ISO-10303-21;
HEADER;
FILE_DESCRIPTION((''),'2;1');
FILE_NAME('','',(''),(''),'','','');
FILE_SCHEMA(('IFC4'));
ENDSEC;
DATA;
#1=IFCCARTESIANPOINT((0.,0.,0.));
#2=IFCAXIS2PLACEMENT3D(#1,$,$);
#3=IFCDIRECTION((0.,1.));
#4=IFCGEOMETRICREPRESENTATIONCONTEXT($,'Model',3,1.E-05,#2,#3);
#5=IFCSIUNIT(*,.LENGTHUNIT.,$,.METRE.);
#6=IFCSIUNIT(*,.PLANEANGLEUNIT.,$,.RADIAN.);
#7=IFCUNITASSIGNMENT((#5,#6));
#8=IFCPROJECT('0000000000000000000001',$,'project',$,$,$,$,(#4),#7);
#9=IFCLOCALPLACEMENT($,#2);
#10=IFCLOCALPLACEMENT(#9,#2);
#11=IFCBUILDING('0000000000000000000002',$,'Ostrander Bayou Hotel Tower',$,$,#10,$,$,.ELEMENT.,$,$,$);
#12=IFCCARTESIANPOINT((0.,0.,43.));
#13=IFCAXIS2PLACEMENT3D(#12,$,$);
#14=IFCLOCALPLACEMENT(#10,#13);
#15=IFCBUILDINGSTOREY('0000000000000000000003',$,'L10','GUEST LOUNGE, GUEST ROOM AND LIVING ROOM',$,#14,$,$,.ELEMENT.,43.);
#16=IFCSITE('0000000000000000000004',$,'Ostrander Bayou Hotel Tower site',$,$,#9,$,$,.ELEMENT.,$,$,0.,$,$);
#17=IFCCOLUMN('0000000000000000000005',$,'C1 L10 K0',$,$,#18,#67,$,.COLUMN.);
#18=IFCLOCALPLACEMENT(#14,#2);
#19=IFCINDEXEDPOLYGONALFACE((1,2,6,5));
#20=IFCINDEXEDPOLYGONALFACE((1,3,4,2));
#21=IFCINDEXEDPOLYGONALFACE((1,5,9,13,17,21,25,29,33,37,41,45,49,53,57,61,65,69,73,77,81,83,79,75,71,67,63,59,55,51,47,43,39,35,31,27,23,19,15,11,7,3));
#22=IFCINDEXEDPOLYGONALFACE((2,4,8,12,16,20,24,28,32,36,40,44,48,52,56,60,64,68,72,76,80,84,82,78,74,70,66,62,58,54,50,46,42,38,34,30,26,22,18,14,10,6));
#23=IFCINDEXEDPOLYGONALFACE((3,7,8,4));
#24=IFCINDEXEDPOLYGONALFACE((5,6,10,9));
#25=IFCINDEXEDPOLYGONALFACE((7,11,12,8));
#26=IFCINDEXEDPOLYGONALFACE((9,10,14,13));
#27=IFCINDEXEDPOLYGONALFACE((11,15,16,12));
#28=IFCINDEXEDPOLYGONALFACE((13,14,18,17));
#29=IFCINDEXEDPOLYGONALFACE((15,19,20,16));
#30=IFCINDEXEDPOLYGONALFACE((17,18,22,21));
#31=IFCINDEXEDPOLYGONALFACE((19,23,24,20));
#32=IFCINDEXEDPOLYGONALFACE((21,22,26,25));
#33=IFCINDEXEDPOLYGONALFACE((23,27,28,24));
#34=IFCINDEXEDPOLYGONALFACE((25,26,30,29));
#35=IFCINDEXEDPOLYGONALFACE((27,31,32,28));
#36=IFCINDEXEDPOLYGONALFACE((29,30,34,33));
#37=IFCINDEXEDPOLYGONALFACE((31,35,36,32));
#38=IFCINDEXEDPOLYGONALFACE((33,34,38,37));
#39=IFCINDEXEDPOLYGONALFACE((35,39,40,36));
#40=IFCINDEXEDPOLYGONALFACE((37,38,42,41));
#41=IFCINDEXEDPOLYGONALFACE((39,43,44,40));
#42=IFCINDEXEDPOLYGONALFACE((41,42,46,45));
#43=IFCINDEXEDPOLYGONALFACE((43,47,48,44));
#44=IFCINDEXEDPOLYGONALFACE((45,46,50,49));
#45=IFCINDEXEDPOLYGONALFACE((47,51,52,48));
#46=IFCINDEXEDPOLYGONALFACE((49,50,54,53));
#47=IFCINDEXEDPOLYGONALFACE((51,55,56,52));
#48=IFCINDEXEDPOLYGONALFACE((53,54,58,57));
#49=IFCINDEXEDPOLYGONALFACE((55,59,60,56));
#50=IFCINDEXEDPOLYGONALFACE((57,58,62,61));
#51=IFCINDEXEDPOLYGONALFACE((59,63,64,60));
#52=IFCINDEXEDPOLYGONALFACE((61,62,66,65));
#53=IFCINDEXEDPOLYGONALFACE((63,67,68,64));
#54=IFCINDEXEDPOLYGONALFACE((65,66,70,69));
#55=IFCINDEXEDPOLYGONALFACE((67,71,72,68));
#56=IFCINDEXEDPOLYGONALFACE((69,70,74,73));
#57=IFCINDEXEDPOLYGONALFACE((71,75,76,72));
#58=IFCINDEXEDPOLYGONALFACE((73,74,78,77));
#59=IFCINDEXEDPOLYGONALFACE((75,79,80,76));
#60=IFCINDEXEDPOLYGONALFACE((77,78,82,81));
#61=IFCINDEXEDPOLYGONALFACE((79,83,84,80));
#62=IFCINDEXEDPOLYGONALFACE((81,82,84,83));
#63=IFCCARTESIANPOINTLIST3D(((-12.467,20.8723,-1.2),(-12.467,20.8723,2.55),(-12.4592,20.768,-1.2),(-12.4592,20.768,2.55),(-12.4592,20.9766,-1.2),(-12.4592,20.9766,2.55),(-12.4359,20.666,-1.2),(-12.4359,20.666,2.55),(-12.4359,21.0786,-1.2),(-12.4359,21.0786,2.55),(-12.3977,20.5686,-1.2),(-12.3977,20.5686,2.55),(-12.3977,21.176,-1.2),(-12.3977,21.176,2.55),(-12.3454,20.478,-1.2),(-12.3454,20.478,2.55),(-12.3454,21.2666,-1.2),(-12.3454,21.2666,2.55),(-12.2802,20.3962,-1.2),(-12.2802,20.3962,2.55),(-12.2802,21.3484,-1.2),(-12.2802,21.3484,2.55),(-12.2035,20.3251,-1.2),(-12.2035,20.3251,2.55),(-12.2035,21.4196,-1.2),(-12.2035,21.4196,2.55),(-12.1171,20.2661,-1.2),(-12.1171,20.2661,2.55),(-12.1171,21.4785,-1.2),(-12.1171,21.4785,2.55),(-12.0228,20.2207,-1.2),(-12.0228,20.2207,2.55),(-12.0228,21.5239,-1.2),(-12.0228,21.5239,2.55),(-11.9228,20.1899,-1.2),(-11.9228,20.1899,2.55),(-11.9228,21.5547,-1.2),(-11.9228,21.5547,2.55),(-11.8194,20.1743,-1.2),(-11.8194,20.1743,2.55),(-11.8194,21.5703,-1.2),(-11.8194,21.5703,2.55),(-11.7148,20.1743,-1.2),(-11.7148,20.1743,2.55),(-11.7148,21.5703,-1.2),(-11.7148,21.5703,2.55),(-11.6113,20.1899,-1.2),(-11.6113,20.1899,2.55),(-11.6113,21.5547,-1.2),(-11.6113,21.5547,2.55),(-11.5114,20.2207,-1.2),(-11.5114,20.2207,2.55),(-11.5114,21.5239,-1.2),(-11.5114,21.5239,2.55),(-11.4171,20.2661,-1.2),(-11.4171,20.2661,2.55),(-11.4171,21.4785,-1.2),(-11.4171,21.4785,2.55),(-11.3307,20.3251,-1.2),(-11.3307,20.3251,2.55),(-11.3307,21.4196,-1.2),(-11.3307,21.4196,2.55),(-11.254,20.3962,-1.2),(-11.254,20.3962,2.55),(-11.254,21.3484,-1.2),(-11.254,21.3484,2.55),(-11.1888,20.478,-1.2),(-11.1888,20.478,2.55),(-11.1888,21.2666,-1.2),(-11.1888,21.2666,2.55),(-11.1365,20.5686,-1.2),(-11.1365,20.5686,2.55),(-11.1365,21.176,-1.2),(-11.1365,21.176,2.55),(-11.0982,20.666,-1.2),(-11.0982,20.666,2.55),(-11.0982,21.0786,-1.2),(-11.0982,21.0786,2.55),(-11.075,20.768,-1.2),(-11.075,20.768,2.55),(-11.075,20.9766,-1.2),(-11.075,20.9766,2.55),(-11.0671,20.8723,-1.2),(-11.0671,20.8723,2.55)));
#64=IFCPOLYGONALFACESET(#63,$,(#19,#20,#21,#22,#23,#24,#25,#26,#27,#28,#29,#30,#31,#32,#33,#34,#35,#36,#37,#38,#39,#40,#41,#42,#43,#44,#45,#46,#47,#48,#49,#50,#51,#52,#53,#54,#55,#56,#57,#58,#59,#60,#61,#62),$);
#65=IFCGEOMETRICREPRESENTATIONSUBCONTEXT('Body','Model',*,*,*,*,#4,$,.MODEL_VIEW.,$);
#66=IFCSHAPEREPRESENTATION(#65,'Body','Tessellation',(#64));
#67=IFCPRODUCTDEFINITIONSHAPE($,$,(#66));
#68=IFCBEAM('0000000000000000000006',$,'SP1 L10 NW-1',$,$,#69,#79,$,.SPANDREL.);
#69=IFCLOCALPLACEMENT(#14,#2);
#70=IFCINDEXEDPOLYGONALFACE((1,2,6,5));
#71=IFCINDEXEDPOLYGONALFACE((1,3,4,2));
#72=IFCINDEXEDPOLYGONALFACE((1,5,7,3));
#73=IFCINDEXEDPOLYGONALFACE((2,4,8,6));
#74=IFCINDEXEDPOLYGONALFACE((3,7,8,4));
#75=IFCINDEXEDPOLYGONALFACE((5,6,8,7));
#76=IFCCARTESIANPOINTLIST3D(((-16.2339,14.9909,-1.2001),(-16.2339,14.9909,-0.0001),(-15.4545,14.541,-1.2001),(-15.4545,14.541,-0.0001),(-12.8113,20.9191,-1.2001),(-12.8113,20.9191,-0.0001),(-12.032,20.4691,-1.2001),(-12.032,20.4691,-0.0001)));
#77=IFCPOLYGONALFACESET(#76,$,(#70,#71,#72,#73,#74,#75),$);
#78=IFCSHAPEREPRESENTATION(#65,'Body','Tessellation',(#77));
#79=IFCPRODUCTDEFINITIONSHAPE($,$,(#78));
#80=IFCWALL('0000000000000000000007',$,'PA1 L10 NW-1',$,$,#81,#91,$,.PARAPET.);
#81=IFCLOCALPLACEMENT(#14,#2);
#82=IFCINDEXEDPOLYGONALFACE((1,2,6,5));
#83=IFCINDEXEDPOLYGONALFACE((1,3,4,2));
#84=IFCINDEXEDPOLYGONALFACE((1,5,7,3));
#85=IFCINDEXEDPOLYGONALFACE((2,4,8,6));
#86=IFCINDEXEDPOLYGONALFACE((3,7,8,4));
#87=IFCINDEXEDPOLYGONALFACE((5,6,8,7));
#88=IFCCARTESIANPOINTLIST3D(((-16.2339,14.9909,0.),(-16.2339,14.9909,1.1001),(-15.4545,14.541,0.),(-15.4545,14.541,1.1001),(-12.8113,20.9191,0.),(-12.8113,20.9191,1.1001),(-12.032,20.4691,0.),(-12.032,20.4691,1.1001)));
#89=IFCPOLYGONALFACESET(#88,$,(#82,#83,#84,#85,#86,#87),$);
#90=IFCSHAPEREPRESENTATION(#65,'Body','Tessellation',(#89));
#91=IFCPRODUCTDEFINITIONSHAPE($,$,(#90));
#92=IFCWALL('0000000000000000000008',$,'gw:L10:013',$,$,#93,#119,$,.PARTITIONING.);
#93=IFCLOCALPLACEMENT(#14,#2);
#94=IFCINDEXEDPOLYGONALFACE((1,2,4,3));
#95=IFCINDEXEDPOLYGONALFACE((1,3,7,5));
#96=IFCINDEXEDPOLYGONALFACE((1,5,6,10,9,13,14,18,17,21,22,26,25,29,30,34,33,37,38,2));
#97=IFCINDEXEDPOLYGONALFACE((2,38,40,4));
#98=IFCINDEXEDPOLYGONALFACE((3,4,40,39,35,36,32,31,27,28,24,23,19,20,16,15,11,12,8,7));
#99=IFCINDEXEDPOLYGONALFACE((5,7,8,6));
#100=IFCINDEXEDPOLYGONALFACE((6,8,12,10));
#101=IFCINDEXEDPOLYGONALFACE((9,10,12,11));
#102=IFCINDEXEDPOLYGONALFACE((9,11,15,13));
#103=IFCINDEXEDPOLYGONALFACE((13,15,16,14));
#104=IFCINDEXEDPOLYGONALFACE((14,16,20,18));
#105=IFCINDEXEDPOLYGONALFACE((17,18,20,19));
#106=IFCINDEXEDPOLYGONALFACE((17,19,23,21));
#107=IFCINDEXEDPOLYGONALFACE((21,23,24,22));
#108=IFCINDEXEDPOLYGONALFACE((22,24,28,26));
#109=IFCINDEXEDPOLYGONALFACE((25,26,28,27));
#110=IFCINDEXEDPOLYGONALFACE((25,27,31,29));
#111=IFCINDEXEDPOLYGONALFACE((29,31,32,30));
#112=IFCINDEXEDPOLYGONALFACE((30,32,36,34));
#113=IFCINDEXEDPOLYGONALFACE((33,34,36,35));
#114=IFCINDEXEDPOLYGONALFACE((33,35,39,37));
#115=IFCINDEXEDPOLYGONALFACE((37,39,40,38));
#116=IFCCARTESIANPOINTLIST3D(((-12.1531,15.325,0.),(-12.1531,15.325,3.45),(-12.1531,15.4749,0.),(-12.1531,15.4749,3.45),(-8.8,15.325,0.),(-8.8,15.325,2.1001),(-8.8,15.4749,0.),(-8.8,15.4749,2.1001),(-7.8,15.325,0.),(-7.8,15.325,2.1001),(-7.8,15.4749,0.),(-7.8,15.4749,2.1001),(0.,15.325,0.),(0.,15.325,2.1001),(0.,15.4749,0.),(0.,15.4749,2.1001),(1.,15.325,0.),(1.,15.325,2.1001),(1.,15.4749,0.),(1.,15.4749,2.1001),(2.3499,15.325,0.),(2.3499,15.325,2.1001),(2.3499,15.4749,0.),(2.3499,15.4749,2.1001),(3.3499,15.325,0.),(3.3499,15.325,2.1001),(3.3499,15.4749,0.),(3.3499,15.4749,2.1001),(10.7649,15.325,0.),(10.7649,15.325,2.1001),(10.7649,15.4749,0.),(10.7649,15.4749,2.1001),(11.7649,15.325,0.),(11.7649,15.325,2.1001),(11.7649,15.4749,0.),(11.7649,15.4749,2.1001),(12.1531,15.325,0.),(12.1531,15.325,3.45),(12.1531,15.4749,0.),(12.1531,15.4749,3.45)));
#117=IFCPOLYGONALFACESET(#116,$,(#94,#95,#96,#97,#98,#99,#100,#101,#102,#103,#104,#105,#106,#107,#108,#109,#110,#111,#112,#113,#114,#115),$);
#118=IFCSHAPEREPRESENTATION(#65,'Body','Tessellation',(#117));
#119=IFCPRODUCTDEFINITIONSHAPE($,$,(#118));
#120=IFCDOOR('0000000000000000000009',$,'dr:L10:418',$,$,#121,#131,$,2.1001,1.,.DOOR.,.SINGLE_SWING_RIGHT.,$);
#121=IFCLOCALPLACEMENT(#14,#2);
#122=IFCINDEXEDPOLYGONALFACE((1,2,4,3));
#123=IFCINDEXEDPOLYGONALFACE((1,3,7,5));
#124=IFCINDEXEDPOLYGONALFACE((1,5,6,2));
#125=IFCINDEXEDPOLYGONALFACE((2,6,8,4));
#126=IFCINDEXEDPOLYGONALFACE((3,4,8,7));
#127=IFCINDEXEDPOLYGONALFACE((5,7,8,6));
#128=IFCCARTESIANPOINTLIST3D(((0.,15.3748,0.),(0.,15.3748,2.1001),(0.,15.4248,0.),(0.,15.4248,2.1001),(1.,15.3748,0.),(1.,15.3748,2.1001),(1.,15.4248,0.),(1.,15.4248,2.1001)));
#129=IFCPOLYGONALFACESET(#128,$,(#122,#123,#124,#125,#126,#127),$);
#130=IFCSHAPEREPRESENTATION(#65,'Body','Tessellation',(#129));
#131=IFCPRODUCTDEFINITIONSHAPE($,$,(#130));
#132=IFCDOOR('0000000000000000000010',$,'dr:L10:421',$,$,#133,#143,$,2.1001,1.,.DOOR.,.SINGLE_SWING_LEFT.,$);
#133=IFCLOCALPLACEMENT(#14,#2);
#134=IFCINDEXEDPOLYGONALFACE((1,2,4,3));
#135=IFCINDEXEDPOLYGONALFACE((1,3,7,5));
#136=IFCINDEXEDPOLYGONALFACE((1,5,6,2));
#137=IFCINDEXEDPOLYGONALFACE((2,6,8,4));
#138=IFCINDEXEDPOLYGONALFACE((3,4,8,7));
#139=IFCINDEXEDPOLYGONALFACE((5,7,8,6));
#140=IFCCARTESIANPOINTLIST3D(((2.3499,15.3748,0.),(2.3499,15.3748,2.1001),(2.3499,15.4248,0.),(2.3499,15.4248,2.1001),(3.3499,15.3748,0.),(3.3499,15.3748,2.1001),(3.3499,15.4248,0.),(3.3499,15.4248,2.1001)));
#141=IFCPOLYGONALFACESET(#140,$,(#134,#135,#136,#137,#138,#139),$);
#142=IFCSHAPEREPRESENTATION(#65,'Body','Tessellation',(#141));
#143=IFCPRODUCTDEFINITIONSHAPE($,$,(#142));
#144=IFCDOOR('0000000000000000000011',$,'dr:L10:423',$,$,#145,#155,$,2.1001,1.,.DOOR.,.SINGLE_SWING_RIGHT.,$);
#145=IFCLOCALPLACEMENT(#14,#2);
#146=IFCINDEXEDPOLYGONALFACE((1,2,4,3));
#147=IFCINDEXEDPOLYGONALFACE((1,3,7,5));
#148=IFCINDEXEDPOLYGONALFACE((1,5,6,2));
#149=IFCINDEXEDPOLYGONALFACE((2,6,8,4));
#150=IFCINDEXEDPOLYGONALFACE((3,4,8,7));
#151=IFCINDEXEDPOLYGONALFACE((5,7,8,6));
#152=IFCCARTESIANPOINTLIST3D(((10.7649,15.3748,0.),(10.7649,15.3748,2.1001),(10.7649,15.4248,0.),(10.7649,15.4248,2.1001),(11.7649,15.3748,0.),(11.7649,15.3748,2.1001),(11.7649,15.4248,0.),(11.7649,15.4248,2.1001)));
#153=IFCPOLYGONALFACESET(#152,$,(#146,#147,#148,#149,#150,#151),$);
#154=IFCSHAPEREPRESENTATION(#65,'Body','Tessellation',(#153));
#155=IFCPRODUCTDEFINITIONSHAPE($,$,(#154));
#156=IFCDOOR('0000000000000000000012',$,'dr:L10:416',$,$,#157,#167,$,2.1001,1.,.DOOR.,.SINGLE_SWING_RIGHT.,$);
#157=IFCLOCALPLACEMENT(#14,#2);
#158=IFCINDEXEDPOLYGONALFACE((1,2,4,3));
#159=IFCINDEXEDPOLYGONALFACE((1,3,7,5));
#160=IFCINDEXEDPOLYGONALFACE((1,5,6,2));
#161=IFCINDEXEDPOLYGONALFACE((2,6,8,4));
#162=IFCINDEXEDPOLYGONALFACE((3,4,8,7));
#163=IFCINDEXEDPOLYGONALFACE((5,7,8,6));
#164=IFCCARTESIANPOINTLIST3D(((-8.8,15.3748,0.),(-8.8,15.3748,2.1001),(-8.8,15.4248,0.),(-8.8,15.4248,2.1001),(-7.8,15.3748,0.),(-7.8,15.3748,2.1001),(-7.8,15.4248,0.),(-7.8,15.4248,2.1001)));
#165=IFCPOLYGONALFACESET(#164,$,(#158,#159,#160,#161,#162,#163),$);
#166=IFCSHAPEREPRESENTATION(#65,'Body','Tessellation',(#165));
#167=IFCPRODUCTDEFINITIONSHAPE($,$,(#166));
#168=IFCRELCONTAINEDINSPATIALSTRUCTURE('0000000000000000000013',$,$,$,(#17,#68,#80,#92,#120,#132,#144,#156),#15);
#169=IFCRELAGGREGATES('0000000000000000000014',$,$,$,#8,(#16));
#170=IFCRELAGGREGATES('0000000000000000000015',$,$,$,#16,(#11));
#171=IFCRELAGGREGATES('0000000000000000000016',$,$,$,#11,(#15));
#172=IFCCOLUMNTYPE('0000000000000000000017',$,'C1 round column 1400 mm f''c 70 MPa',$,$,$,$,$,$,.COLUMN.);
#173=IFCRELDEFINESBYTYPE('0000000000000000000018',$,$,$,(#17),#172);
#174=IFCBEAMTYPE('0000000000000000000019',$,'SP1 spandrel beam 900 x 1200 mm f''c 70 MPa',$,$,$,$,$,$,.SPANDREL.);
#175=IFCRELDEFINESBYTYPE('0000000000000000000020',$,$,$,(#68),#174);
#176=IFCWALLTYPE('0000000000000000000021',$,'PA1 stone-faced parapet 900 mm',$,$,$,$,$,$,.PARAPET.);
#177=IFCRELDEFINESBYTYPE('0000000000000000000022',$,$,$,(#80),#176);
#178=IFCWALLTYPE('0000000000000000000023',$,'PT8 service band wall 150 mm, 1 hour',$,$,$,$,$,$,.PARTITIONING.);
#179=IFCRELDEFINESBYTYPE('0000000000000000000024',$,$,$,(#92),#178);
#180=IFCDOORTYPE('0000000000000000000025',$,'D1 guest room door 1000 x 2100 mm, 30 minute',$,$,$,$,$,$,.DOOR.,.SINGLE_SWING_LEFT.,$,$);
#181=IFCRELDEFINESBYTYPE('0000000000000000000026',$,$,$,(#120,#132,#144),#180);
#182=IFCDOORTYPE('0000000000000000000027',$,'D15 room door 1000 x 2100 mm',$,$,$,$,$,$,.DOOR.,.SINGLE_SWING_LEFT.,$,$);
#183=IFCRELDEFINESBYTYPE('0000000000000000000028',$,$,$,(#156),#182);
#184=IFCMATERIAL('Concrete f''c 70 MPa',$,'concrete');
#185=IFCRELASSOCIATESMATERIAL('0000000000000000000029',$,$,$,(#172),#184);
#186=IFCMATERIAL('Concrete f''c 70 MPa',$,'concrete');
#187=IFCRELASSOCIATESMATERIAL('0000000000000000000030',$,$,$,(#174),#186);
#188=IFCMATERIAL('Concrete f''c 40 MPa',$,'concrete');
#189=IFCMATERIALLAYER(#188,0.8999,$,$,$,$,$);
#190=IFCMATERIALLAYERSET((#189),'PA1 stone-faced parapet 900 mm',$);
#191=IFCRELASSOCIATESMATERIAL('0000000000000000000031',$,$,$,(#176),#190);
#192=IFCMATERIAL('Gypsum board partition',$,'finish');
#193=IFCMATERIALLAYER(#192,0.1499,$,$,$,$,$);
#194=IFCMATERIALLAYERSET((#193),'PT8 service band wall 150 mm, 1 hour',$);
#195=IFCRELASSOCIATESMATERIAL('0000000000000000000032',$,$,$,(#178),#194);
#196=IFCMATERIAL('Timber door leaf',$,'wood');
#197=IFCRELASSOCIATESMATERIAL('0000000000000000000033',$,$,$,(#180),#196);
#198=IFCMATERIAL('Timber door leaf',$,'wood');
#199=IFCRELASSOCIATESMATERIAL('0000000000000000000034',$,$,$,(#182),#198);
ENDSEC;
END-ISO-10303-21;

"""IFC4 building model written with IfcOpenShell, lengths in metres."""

from ifc_helpers import new_model, si_unit, direction, frame, frame_2d, origin, origin_2d, place, context, subcontext, project, spatial, rectangle, circle, extrude, material, layer, layer_set, material_profile, profile_set, type_object, element, fill, save


model = new_model("IFC4")

# Units and contexts
model_context = context("Model", 3, precision=1e-05, world=origin(), true_north=direction((0.0, 1.0)))
body_context = subcontext(model_context, "Body", "Model", "MODEL_VIEW")
ifc_project = project(units=[si_unit("LENGTHUNIT", "METRE"), si_unit("PLANEANGLEUNIT", "RADIAN")], contexts=[model_context])

# Site, building, storey
site_placement = place(None, origin())
site = spatial("IfcSite", under=ifc_project, at=site_placement, Name="Ostrander Bayou Hotel Tower site", CompositionType="ELEMENT", RefElevation=0.0)
building_placement = place(site_placement, origin())
building = spatial("IfcBuilding", under=site, at=building_placement, Name="Ostrander Bayou Hotel Tower", CompositionType="ELEMENT")
storey_placement = place(building_placement, frame((0.0, 0.0, 43.0)))
storey = spatial("IfcBuildingStorey", under=building, at=storey_placement, Name="L10", Description="GUEST LOUNGE, GUEST ROOM AND LIVING ROOM", CompositionType="ELEMENT", Elevation=43.0)

# Column
ifc_material_1 = material(Name="Concrete f'c 70 MPa", Category="concrete")
ifc_material_profile_1 = material_profile(ifc_material_1, circle(Radius=0.7, at=origin_2d()))
ifc_profile_set_1 = profile_set([ifc_material_profile_1], Name="Concrete f'c 70 MPa")
column_type = type_object("IfcColumnType", Name="C1 round column 1400 mm f'c 70 MPa", PredefinedType="COLUMN", material=ifc_profile_set_1)
column_placement = place(storey_placement, frame((-11.7671, 20.8723, -1.2), z_axis=(0.0, 0.0, 1.0), x_axis=(1.0, 0.0, 0.0)))
element("IfcColumn", 1, at=column_placement, inside=storey, type_object=column_type, Name="C1 L10 K0", PredefinedType="COLUMN", context=body_context, shape_type="SweptSolid", body=[
    extrude(circle(Radius=0.7, at=origin_2d()), origin(), (0.0, 0.0, 1.0), 3.75),
])

# Beam
ifc_material_2 = material(Name="Concrete f'c 70 MPa", Category="concrete")
ifc_material_profile_2 = material_profile(ifc_material_2, rectangle(XDim=0.8999, YDim=1.2, at=origin_2d()))
ifc_profile_set_2 = profile_set([ifc_material_profile_2], Name="Concrete f'c 70 MPa")
beam_type = type_object("IfcBeamType", Name="SP1 spandrel beam 900 x 1200 mm f'c 70 MPa", PredefinedType="SPANDREL", material=ifc_profile_set_2)
beam_placement = place(storey_placement, frame((-12.4216, 20.6941, -0.6001), z_axis=(-0.499994, -0.866029, 0.0), x_axis=(0.866029, -0.499994, 0.0)))
element("IfcBeam", 2, at=beam_placement, inside=storey, type_object=beam_type, Name="SP1 L10 NW-1", PredefinedType="SPANDREL", context=body_context, shape_type="SweptSolid", body=[
    extrude(rectangle(XDim=0.8999, YDim=1.2, at=origin_2d()), origin(), (0.0, 0.0, 1.0), 6.8452),
])

# Wall
ifc_material_3 = material(Name="Concrete f'c 40 MPa", Category="concrete")
ifc_layer_1 = layer(ifc_material_3, 0.8999)
ifc_layer_set_1 = layer_set([ifc_layer_1], Name="PA1 stone-faced parapet 900 mm")
wall_type_1 = type_object("IfcWallType", Name="PA1 stone-faced parapet 900 mm", PredefinedType="PARAPET", material=ifc_layer_set_1)
wall_1_placement = place(storey_placement, frame((-12.4216, 20.6941, 0.0), z_axis=(0.0, 0.0, 1.0), x_axis=(-0.499994, -0.866029, 0.0)))
element("IfcWall", 3, at=wall_1_placement, inside=storey, type_object=wall_type_1, Name="PA1 L10 NW-1", PredefinedType="PARAPET", context=body_context, shape_type="SweptSolid", body=[
    extrude(rectangle(XDim=6.8452, YDim=0.8999, at=frame_2d((3.4226, 0.0))), origin(), (0.0, 0.0, 1.0), 1.1001),
])

# Wall, openings, doors
ifc_material_4 = material(Name="Gypsum board partition", Category="finish")
ifc_layer_2 = layer(ifc_material_4, 0.1499)
ifc_layer_set_2 = layer_set([ifc_layer_2], Name="PT8 service band wall 150 mm, 1 hour")
wall_type_2 = type_object("IfcWallType", Name="PT8 service band wall 150 mm, 1 hour", PredefinedType="PARTITIONING", material=ifc_layer_set_2)
wall_2_placement = place(storey_placement, frame((-12.1531, 15.3999, 0.0), z_axis=(0.0, 0.0, 1.0), x_axis=(1.0, 0.0, 0.0)))
wall_2 = element("IfcWall", 4, at=wall_2_placement, inside=storey, type_object=wall_type_2, Name="gw:L10:013", PredefinedType="PARTITIONING", context=body_context, shape_type="SweptSolid", body=[
    extrude(rectangle(XDim=24.3062, YDim=0.1499, at=frame_2d((12.1531, 0.0))), origin(), (0.0, 0.0, 1.0), 3.45),
])
opening_1_placement = place(wall_2_placement, frame((3.353, 0.0, 0.0)))
opening_1 = element("IfcOpeningElement", 5, at=opening_1_placement, cuts=wall_2, PredefinedType="OPENING", context=body_context, shape_type="SweptSolid", body=[
    extrude(rectangle(XDim=1.0, YDim=2.1001, at=frame_2d((0.5, 1.05))), frame((0.0, 0.075, 0.0), z_axis=(0.0, -1.0, 0.0), x_axis=(1.0, 0.0, 0.0)), (0.0, 0.0, 1.0), 0.1499),
])
opening_2_placement = place(wall_2_placement, frame((12.1531, 0.0, 0.0)))
opening_2 = element("IfcOpeningElement", 6, at=opening_2_placement, cuts=wall_2, PredefinedType="OPENING", context=body_context, shape_type="SweptSolid", body=[
    extrude(rectangle(XDim=1.0, YDim=2.1001, at=frame_2d((0.5, 1.05))), frame((0.0, 0.075, 0.0), z_axis=(0.0, -1.0, 0.0), x_axis=(1.0, 0.0, 0.0)), (0.0, 0.0, 1.0), 0.1499),
])
opening_3_placement = place(wall_2_placement, frame((14.5029, 0.0, 0.0)))
opening_3 = element("IfcOpeningElement", 7, at=opening_3_placement, cuts=wall_2, PredefinedType="OPENING", context=body_context, shape_type="SweptSolid", body=[
    extrude(rectangle(XDim=1.0, YDim=2.1001, at=frame_2d((0.5, 1.05))), frame((0.0, 0.075, 0.0), z_axis=(0.0, -1.0, 0.0), x_axis=(1.0, 0.0, 0.0)), (0.0, 0.0, 1.0), 0.1499),
])
opening_4_placement = place(wall_2_placement, frame((22.918, 0.0, 0.0)))
opening_4 = element("IfcOpeningElement", 8, at=opening_4_placement, cuts=wall_2, PredefinedType="OPENING", context=body_context, shape_type="SweptSolid", body=[
    extrude(rectangle(XDim=1.0, YDim=2.1001, at=frame_2d((0.5, 1.05))), frame((0.0, 0.075, 0.0), z_axis=(0.0, -1.0, 0.0), x_axis=(1.0, 0.0, 0.0)), (0.0, 0.0, 1.0), 0.1499),
])
ifc_material_5 = material(Name="Timber door leaf", Category="wood")
door_type_1 = type_object("IfcDoorType", Name="D1 guest room door 1000 x 2100 mm, 30 minute", OperationType="SINGLE_SWING_LEFT", PredefinedType="DOOR", material=ifc_material_5)
door_1_placement = place(opening_2_placement, origin())
door_1 = element("IfcDoor", 9, at=door_1_placement, inside=storey, type_object=door_type_1, Name="dr:L10:418", OperationType="SINGLE_SWING_RIGHT", OverallHeight=2.1001, OverallWidth=1.0, PredefinedType="DOOR", context=body_context, shape_type="SweptSolid", body=[
    extrude(rectangle(XDim=1.0, YDim=2.1001, at=frame_2d((0.5, 1.05))), frame((0.0, 0.0249, 0.0), z_axis=(0.0, -1.0, 0.0), x_axis=(1.0, 0.0, 0.0)), (0.0, 0.0, 1.0), 0.05),
])
fill(opening_2, door_1)
door_2_placement = place(opening_3_placement, origin())
door_2 = element("IfcDoor", 10, at=door_2_placement, inside=storey, type_object=door_type_1, Name="dr:L10:421", OperationType="SINGLE_SWING_LEFT", OverallHeight=2.1001, OverallWidth=1.0, PredefinedType="DOOR", context=body_context, shape_type="SweptSolid", body=[
    extrude(rectangle(XDim=1.0, YDim=2.1001, at=frame_2d((0.5, 1.05))), frame((0.0, 0.0249, 0.0), z_axis=(0.0, -1.0, 0.0), x_axis=(1.0, 0.0, 0.0)), (0.0, 0.0, 1.0), 0.05),
])
fill(opening_3, door_2)
door_3_placement = place(opening_4_placement, origin())
door_3 = element("IfcDoor", 11, at=door_3_placement, inside=storey, type_object=door_type_1, Name="dr:L10:423", OperationType="SINGLE_SWING_RIGHT", OverallHeight=2.1001, OverallWidth=1.0, PredefinedType="DOOR", context=body_context, shape_type="SweptSolid", body=[
    extrude(rectangle(XDim=1.0, YDim=2.1001, at=frame_2d((0.5, 1.05))), frame((0.0, 0.0249, 0.0), z_axis=(0.0, -1.0, 0.0), x_axis=(1.0, 0.0, 0.0)), (0.0, 0.0, 1.0), 0.05),
])
fill(opening_4, door_3)
ifc_material_6 = material(Name="Timber door leaf", Category="wood")
door_type_2 = type_object("IfcDoorType", Name="D15 room door 1000 x 2100 mm", OperationType="SINGLE_SWING_LEFT", PredefinedType="DOOR", material=ifc_material_6)
door_4_placement = place(opening_1_placement, origin())
door_4 = element("IfcDoor", 12, at=door_4_placement, inside=storey, type_object=door_type_2, Name="dr:L10:416", OperationType="SINGLE_SWING_RIGHT", OverallHeight=2.1001, OverallWidth=1.0, PredefinedType="DOOR", context=body_context, shape_type="SweptSolid", body=[
    extrude(rectangle(XDim=1.0, YDim=2.1001, at=frame_2d((0.5, 1.05))), frame((0.0, 0.0249, 0.0), z_axis=(0.0, -1.0, 0.0), x_axis=(1.0, 0.0, 0.0)), (0.0, 0.0, 1.0), 0.05),
])
fill(opening_1, door_4)

save(model, "model.ifc")
